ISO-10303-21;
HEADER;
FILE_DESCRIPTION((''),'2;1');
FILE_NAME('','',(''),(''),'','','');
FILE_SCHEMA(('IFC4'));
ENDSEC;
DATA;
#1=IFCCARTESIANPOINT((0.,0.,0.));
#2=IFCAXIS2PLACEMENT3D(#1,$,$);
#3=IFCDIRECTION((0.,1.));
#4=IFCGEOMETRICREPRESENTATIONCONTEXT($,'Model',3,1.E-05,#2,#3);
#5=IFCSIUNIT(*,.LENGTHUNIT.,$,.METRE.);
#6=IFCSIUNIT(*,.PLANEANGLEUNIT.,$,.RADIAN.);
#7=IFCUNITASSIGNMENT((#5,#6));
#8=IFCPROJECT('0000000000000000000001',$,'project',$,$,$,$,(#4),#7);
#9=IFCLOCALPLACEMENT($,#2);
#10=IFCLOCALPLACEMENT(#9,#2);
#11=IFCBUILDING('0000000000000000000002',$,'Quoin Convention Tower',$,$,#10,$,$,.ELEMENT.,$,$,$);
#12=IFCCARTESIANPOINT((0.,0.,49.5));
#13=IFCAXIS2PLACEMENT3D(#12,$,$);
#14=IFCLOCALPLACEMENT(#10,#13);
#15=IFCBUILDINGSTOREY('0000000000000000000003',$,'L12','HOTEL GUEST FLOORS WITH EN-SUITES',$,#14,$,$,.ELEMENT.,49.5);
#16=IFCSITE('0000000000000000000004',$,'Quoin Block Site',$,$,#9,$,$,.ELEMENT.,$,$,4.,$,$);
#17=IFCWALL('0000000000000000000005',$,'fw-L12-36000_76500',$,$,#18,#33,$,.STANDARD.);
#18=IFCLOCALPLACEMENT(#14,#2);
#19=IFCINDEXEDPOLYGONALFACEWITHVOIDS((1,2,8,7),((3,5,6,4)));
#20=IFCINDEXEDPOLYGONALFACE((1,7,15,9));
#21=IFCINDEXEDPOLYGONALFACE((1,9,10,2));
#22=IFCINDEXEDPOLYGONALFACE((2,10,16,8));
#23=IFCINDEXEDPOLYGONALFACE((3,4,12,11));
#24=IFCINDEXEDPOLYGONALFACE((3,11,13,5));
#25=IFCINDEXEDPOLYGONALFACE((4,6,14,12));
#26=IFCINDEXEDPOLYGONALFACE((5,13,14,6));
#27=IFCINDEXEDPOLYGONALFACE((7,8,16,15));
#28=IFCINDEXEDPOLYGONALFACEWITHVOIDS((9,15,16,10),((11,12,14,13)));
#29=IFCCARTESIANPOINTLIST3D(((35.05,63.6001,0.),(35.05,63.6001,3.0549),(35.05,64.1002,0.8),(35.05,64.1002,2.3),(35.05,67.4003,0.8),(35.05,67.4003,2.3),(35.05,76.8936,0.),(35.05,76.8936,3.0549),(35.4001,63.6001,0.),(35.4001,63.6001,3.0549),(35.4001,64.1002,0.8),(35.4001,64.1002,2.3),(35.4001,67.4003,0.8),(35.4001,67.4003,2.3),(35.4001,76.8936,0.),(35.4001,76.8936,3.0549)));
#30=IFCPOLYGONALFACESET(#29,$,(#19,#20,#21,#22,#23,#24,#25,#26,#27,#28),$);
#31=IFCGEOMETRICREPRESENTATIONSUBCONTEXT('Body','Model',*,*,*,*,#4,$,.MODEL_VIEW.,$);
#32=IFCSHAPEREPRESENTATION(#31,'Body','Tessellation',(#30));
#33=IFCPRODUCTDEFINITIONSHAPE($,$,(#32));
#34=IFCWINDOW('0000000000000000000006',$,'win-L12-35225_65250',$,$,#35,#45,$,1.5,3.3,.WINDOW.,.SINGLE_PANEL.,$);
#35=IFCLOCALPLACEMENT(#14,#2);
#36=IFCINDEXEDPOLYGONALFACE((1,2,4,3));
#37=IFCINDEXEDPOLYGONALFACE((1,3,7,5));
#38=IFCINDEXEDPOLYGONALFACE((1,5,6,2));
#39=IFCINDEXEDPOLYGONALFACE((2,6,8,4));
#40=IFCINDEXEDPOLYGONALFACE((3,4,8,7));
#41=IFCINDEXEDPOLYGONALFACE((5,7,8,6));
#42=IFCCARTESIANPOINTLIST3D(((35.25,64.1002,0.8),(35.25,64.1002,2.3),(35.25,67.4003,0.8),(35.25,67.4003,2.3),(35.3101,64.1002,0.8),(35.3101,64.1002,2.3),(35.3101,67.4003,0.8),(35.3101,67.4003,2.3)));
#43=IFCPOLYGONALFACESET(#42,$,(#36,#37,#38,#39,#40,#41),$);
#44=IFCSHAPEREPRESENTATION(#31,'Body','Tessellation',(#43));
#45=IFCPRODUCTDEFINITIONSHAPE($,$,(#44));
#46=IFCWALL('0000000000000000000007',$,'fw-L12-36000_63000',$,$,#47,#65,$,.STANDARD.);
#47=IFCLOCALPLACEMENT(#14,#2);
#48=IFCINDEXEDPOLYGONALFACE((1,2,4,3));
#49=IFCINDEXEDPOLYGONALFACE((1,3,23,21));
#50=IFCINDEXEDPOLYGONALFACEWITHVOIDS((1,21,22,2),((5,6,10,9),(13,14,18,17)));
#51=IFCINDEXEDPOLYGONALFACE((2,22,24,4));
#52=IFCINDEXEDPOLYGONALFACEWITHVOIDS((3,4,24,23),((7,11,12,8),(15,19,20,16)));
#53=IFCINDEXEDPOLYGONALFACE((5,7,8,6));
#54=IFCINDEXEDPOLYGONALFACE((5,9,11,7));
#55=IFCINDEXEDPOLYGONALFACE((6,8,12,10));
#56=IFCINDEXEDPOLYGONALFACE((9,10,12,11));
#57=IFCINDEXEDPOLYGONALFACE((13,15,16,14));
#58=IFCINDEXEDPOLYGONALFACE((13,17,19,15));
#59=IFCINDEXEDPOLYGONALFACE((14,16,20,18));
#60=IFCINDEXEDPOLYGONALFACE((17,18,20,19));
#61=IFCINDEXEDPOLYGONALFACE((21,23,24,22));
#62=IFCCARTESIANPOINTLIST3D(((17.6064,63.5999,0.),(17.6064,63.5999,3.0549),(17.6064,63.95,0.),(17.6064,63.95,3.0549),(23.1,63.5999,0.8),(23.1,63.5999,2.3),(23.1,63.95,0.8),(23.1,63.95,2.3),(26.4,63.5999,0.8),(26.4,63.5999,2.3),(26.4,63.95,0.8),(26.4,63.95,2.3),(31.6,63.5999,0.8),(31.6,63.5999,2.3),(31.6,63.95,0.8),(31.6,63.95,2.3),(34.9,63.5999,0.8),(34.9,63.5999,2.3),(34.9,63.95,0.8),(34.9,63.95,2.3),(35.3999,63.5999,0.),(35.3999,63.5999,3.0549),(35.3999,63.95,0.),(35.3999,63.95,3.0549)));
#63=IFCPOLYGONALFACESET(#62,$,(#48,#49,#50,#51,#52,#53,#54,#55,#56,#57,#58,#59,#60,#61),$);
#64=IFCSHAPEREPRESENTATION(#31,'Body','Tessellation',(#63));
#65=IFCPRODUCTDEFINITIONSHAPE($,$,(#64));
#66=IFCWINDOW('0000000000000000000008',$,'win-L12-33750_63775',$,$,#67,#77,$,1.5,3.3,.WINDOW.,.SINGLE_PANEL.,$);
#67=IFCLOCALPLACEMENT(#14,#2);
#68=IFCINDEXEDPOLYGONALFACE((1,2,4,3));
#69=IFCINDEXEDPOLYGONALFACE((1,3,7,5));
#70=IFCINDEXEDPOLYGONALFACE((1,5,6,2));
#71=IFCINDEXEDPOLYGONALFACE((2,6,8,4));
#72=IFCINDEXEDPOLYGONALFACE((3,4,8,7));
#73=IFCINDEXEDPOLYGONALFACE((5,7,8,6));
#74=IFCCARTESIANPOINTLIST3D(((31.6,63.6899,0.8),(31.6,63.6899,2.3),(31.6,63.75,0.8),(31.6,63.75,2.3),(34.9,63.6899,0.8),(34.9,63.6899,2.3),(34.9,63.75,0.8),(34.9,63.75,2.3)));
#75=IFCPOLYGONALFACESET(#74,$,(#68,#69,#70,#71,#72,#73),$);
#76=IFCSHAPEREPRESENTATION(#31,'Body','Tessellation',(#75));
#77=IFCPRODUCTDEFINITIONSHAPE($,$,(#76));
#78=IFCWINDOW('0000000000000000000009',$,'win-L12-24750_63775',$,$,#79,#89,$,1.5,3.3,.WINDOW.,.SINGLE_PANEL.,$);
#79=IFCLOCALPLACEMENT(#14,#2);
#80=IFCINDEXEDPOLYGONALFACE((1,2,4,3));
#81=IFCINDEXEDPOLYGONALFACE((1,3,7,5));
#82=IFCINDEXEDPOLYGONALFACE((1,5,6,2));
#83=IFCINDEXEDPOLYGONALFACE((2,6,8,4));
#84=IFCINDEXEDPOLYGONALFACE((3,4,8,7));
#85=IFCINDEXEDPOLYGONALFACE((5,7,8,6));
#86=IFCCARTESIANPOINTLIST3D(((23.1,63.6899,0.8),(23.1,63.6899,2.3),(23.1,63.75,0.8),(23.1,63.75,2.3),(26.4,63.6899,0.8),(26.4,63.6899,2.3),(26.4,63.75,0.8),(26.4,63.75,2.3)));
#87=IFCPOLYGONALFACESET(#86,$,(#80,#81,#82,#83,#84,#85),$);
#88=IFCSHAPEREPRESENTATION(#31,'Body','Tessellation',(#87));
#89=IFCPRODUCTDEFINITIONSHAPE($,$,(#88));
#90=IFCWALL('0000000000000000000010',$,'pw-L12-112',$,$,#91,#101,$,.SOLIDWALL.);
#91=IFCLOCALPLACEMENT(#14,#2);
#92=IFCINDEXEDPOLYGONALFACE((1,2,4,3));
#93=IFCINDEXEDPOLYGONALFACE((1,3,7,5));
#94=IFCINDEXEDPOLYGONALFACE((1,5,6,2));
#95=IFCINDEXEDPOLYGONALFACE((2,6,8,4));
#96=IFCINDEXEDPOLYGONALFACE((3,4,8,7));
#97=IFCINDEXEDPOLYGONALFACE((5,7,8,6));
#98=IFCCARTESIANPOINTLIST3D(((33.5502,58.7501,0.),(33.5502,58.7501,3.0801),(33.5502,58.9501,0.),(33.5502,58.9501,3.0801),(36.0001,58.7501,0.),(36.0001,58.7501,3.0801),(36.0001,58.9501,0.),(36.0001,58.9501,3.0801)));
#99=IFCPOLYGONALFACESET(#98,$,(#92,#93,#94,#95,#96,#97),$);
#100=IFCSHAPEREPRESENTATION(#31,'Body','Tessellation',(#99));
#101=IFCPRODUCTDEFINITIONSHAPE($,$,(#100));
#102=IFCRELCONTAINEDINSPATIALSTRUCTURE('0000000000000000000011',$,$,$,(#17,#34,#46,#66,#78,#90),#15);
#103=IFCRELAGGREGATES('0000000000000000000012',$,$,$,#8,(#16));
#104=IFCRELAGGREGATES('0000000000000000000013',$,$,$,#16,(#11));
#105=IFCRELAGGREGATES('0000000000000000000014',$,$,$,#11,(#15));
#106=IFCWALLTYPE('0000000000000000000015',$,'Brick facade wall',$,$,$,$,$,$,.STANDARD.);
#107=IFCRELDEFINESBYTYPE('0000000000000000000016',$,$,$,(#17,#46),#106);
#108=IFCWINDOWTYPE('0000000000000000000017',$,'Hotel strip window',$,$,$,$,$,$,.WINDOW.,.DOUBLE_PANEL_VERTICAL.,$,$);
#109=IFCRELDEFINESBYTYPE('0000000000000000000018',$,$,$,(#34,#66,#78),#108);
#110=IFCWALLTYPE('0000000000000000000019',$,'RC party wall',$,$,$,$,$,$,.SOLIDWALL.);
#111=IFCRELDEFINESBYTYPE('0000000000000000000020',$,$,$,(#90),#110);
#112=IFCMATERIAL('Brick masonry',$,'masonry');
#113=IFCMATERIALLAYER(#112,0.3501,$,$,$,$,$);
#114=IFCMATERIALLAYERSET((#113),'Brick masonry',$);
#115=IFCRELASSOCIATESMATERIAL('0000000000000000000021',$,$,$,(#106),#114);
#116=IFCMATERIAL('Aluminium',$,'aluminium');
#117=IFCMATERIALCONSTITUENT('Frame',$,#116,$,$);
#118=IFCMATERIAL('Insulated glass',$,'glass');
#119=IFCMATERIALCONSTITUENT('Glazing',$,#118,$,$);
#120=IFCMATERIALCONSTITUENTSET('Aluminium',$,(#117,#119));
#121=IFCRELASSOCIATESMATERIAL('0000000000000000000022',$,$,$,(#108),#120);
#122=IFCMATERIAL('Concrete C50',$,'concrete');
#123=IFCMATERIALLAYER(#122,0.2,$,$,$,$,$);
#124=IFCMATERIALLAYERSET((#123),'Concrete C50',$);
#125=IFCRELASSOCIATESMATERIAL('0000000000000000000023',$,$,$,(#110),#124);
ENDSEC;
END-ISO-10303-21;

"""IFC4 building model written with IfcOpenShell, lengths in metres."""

from ifc_helpers import new_model, si_unit, direction, frame, frame_2d, origin, place, context, subcontext, project, spatial, rectangle, extrude, material, layer, layer_set, constituent, constituent_set, type_object, element, fill, save


model = new_model("IFC4")

# Units and contexts
model_context = context("Model", 3, precision=1e-05, world=origin(), true_north=direction((0.0, 1.0)))
body_context = subcontext(model_context, "Body", "Model", "MODEL_VIEW")
ifc_project = project(units=[si_unit("LENGTHUNIT", "METRE"), si_unit("PLANEANGLEUNIT", "RADIAN")], contexts=[model_context])

# Site, building, storey
site_placement = place(None, origin())
site = spatial("IfcSite", under=ifc_project, at=site_placement, Name="Quoin Block Site", CompositionType="ELEMENT", RefElevation=4.0)
building_placement = place(site_placement, origin())
building = spatial("IfcBuilding", under=site, at=building_placement, Name="Quoin Convention Tower", CompositionType="ELEMENT")
storey_placement = place(building_placement, frame((0.0, 0.0, 49.5)))
storey = spatial("IfcBuildingStorey", under=building, at=storey_placement, Name="L12", Description="HOTEL GUEST FLOORS WITH EN-SUITES", CompositionType="ELEMENT", Elevation=49.5)

# Wall, opening, window
ifc_material_1 = material(Name="Brick masonry", Category="masonry")
ifc_layer_1 = layer(ifc_material_1, 0.3501)
ifc_layer_set_1 = layer_set([ifc_layer_1], Name="Brick masonry")
wall_type_1 = type_object("IfcWallType", Name="Brick facade wall", PredefinedType="STANDARD", material=ifc_layer_set_1)
wall_1_placement = place(storey_placement, frame((35.2251, 76.8936, 0.0), z_axis=(0.0, 0.0, 1.0), x_axis=(0.0, -1.0, 0.0)))
wall_1 = element("IfcWall", 1, at=wall_1_placement, inside=storey, type_object=wall_type_1, Name="fw-L12-36000_76500", PredefinedType="STANDARD", context=body_context, shape_type="SweptSolid", body=[
    extrude(rectangle(XDim=13.2935, YDim=0.3501, at=frame_2d((6.6467, 0.0))), origin(), (0.0, 0.0, 1.0), 3.0549),
])
opening_1_placement = place(wall_1_placement, frame((9.4934, 0.0, 0.8)))
opening_1 = element("IfcOpeningElement", 2, at=opening_1_placement, cuts=wall_1, PredefinedType="OPENING", context=body_context, shape_type="SweptSolid", body=[
    extrude(rectangle(XDim=3.3, YDim=1.5, at=frame_2d((1.6499, 0.75))), frame((0.0, 0.1851, 0.0), z_axis=(0.0, -1.0, 0.0), x_axis=(1.0, 0.0, 0.0)), (0.0, 0.0, 1.0), 0.3701),
])
ifc_material_2 = material(Name="Aluminium", Category="aluminium")
ifc_constituent_1 = constituent(ifc_material_2, Name="Frame")
ifc_material_3 = material(Name="Insulated glass", Category="glass")
ifc_constituent_2 = constituent(ifc_material_3, Name="Glazing")
ifc_constituent_set = constituent_set(constituents=[ifc_constituent_1, ifc_constituent_2], Name="Aluminium")
window_type = type_object("IfcWindowType", Name="Hotel strip window", PartitioningType="DOUBLE_PANEL_VERTICAL", PredefinedType="WINDOW", material=ifc_constituent_set)
window_1_placement = place(opening_1_placement, origin())
window_1 = element("IfcWindow", 3, at=window_1_placement, inside=storey, type_object=window_type, Name="win-L12-35225_65250", OverallHeight=1.5, OverallWidth=3.3, PartitioningType="SINGLE_PANEL", PredefinedType="WINDOW", context=body_context, shape_type="SweptSolid", body=[
    extrude(rectangle(XDim=3.3, YDim=1.5, at=frame_2d((1.6499, 0.75))), frame((0.0, 0.085, 0.0), z_axis=(0.0, -1.0, 0.0), x_axis=(1.0, 0.0, 0.0)), (0.0, 0.0, 1.0), 0.0601),
])
fill(opening_1, window_1)

# Wall, openings, windows
wall_2_placement = place(storey_placement, frame((35.3999, 63.7749, 0.0), z_axis=(0.0, 0.0, 1.0), x_axis=(-1.0, 0.0, 0.0)))
wall_2 = element("IfcWall", 4, at=wall_2_placement, inside=storey, type_object=wall_type_1, Name="fw-L12-36000_63000", PredefinedType="STANDARD", context=body_context, shape_type="SweptSolid", body=[
    extrude(rectangle(XDim=17.7935, YDim=0.3501, at=frame_2d((8.8967, 0.0))), origin(), (0.0, 0.0, 1.0), 3.0549),
])
opening_2_placement = place(wall_2_placement, frame((0.5, 0.0, 0.8)))
opening_2 = element("IfcOpeningElement", 5, at=opening_2_placement, cuts=wall_2, PredefinedType="OPENING", context=body_context, shape_type="SweptSolid", body=[
    extrude(rectangle(XDim=3.3, YDim=1.5, at=frame_2d((1.6499, 0.75))), frame((0.0, 0.1851, 0.0), z_axis=(0.0, -1.0, 0.0), x_axis=(1.0, 0.0, 0.0)), (0.0, 0.0, 1.0), 0.3701),
])
opening_3_placement = place(wall_2_placement, frame((9.0, 0.0, 0.8)))
opening_3 = element("IfcOpeningElement", 6, at=opening_3_placement, cuts=wall_2, PredefinedType="OPENING", context=body_context, shape_type="SweptSolid", body=[
    extrude(rectangle(XDim=3.3, YDim=1.5, at=frame_2d((1.6499, 0.75))), frame((0.0, 0.1851, 0.0), z_axis=(0.0, -1.0, 0.0), x_axis=(1.0, 0.0, 0.0)), (0.0, 0.0, 1.0), 0.3701),
])
window_2_placement = place(opening_2_placement, origin())
window_2 = element("IfcWindow", 7, at=window_2_placement, inside=storey, type_object=window_type, Name="win-L12-33750_63775", OverallHeight=1.5, OverallWidth=3.3, PartitioningType="SINGLE_PANEL", PredefinedType="WINDOW", context=body_context, shape_type="SweptSolid", body=[
    extrude(rectangle(XDim=3.3, YDim=1.5, at=frame_2d((1.6499, 0.75))), frame((0.0, 0.085, 0.0), z_axis=(0.0, -1.0, 0.0), x_axis=(1.0, 0.0, 0.0)), (0.0, 0.0, 1.0), 0.0601),
])
fill(opening_2, window_2)
window_3_placement = place(opening_3_placement, origin())
window_3 = element("IfcWindow", 8, at=window_3_placement, inside=storey, type_object=window_type, Name="win-L12-24750_63775", OverallHeight=1.5, OverallWidth=3.3, PartitioningType="SINGLE_PANEL", PredefinedType="WINDOW", context=body_context, shape_type="SweptSolid", body=[
    extrude(rectangle(XDim=3.3, YDim=1.5, at=frame_2d((1.6499, 0.75))), frame((0.0, 0.085, 0.0), z_axis=(0.0, -1.0, 0.0), x_axis=(1.0, 0.0, 0.0)), (0.0, 0.0, 1.0), 0.0601),
])
fill(opening_3, window_3)

# Wall
ifc_material_4 = material(Name="Concrete C50", Category="concrete")
ifc_layer_2 = layer(ifc_material_4, 0.2)
ifc_layer_set_2 = layer_set([ifc_layer_2], Name="Concrete C50")
wall_type_2 = type_object("IfcWallType", Name="RC party wall", PredefinedType="SOLIDWALL", material=ifc_layer_set_2)
wall_3_placement = place(storey_placement, frame((33.55, 58.8501, 0.0), z_axis=(0.0, 0.0, 1.0), x_axis=(1.0, 0.0, 0.0)))
element("IfcWall", 9, at=wall_3_placement, inside=storey, type_object=wall_type_2, Name="pw-L12-112", PredefinedType="SOLIDWALL", context=body_context, shape_type="SweptSolid", body=[
    extrude(rectangle(XDim=2.45, YDim=0.2, at=frame_2d((1.2251, 0.0))), origin(), (0.0, 0.0, 1.0), 3.0801),
])

save(model, "model.ifc")
